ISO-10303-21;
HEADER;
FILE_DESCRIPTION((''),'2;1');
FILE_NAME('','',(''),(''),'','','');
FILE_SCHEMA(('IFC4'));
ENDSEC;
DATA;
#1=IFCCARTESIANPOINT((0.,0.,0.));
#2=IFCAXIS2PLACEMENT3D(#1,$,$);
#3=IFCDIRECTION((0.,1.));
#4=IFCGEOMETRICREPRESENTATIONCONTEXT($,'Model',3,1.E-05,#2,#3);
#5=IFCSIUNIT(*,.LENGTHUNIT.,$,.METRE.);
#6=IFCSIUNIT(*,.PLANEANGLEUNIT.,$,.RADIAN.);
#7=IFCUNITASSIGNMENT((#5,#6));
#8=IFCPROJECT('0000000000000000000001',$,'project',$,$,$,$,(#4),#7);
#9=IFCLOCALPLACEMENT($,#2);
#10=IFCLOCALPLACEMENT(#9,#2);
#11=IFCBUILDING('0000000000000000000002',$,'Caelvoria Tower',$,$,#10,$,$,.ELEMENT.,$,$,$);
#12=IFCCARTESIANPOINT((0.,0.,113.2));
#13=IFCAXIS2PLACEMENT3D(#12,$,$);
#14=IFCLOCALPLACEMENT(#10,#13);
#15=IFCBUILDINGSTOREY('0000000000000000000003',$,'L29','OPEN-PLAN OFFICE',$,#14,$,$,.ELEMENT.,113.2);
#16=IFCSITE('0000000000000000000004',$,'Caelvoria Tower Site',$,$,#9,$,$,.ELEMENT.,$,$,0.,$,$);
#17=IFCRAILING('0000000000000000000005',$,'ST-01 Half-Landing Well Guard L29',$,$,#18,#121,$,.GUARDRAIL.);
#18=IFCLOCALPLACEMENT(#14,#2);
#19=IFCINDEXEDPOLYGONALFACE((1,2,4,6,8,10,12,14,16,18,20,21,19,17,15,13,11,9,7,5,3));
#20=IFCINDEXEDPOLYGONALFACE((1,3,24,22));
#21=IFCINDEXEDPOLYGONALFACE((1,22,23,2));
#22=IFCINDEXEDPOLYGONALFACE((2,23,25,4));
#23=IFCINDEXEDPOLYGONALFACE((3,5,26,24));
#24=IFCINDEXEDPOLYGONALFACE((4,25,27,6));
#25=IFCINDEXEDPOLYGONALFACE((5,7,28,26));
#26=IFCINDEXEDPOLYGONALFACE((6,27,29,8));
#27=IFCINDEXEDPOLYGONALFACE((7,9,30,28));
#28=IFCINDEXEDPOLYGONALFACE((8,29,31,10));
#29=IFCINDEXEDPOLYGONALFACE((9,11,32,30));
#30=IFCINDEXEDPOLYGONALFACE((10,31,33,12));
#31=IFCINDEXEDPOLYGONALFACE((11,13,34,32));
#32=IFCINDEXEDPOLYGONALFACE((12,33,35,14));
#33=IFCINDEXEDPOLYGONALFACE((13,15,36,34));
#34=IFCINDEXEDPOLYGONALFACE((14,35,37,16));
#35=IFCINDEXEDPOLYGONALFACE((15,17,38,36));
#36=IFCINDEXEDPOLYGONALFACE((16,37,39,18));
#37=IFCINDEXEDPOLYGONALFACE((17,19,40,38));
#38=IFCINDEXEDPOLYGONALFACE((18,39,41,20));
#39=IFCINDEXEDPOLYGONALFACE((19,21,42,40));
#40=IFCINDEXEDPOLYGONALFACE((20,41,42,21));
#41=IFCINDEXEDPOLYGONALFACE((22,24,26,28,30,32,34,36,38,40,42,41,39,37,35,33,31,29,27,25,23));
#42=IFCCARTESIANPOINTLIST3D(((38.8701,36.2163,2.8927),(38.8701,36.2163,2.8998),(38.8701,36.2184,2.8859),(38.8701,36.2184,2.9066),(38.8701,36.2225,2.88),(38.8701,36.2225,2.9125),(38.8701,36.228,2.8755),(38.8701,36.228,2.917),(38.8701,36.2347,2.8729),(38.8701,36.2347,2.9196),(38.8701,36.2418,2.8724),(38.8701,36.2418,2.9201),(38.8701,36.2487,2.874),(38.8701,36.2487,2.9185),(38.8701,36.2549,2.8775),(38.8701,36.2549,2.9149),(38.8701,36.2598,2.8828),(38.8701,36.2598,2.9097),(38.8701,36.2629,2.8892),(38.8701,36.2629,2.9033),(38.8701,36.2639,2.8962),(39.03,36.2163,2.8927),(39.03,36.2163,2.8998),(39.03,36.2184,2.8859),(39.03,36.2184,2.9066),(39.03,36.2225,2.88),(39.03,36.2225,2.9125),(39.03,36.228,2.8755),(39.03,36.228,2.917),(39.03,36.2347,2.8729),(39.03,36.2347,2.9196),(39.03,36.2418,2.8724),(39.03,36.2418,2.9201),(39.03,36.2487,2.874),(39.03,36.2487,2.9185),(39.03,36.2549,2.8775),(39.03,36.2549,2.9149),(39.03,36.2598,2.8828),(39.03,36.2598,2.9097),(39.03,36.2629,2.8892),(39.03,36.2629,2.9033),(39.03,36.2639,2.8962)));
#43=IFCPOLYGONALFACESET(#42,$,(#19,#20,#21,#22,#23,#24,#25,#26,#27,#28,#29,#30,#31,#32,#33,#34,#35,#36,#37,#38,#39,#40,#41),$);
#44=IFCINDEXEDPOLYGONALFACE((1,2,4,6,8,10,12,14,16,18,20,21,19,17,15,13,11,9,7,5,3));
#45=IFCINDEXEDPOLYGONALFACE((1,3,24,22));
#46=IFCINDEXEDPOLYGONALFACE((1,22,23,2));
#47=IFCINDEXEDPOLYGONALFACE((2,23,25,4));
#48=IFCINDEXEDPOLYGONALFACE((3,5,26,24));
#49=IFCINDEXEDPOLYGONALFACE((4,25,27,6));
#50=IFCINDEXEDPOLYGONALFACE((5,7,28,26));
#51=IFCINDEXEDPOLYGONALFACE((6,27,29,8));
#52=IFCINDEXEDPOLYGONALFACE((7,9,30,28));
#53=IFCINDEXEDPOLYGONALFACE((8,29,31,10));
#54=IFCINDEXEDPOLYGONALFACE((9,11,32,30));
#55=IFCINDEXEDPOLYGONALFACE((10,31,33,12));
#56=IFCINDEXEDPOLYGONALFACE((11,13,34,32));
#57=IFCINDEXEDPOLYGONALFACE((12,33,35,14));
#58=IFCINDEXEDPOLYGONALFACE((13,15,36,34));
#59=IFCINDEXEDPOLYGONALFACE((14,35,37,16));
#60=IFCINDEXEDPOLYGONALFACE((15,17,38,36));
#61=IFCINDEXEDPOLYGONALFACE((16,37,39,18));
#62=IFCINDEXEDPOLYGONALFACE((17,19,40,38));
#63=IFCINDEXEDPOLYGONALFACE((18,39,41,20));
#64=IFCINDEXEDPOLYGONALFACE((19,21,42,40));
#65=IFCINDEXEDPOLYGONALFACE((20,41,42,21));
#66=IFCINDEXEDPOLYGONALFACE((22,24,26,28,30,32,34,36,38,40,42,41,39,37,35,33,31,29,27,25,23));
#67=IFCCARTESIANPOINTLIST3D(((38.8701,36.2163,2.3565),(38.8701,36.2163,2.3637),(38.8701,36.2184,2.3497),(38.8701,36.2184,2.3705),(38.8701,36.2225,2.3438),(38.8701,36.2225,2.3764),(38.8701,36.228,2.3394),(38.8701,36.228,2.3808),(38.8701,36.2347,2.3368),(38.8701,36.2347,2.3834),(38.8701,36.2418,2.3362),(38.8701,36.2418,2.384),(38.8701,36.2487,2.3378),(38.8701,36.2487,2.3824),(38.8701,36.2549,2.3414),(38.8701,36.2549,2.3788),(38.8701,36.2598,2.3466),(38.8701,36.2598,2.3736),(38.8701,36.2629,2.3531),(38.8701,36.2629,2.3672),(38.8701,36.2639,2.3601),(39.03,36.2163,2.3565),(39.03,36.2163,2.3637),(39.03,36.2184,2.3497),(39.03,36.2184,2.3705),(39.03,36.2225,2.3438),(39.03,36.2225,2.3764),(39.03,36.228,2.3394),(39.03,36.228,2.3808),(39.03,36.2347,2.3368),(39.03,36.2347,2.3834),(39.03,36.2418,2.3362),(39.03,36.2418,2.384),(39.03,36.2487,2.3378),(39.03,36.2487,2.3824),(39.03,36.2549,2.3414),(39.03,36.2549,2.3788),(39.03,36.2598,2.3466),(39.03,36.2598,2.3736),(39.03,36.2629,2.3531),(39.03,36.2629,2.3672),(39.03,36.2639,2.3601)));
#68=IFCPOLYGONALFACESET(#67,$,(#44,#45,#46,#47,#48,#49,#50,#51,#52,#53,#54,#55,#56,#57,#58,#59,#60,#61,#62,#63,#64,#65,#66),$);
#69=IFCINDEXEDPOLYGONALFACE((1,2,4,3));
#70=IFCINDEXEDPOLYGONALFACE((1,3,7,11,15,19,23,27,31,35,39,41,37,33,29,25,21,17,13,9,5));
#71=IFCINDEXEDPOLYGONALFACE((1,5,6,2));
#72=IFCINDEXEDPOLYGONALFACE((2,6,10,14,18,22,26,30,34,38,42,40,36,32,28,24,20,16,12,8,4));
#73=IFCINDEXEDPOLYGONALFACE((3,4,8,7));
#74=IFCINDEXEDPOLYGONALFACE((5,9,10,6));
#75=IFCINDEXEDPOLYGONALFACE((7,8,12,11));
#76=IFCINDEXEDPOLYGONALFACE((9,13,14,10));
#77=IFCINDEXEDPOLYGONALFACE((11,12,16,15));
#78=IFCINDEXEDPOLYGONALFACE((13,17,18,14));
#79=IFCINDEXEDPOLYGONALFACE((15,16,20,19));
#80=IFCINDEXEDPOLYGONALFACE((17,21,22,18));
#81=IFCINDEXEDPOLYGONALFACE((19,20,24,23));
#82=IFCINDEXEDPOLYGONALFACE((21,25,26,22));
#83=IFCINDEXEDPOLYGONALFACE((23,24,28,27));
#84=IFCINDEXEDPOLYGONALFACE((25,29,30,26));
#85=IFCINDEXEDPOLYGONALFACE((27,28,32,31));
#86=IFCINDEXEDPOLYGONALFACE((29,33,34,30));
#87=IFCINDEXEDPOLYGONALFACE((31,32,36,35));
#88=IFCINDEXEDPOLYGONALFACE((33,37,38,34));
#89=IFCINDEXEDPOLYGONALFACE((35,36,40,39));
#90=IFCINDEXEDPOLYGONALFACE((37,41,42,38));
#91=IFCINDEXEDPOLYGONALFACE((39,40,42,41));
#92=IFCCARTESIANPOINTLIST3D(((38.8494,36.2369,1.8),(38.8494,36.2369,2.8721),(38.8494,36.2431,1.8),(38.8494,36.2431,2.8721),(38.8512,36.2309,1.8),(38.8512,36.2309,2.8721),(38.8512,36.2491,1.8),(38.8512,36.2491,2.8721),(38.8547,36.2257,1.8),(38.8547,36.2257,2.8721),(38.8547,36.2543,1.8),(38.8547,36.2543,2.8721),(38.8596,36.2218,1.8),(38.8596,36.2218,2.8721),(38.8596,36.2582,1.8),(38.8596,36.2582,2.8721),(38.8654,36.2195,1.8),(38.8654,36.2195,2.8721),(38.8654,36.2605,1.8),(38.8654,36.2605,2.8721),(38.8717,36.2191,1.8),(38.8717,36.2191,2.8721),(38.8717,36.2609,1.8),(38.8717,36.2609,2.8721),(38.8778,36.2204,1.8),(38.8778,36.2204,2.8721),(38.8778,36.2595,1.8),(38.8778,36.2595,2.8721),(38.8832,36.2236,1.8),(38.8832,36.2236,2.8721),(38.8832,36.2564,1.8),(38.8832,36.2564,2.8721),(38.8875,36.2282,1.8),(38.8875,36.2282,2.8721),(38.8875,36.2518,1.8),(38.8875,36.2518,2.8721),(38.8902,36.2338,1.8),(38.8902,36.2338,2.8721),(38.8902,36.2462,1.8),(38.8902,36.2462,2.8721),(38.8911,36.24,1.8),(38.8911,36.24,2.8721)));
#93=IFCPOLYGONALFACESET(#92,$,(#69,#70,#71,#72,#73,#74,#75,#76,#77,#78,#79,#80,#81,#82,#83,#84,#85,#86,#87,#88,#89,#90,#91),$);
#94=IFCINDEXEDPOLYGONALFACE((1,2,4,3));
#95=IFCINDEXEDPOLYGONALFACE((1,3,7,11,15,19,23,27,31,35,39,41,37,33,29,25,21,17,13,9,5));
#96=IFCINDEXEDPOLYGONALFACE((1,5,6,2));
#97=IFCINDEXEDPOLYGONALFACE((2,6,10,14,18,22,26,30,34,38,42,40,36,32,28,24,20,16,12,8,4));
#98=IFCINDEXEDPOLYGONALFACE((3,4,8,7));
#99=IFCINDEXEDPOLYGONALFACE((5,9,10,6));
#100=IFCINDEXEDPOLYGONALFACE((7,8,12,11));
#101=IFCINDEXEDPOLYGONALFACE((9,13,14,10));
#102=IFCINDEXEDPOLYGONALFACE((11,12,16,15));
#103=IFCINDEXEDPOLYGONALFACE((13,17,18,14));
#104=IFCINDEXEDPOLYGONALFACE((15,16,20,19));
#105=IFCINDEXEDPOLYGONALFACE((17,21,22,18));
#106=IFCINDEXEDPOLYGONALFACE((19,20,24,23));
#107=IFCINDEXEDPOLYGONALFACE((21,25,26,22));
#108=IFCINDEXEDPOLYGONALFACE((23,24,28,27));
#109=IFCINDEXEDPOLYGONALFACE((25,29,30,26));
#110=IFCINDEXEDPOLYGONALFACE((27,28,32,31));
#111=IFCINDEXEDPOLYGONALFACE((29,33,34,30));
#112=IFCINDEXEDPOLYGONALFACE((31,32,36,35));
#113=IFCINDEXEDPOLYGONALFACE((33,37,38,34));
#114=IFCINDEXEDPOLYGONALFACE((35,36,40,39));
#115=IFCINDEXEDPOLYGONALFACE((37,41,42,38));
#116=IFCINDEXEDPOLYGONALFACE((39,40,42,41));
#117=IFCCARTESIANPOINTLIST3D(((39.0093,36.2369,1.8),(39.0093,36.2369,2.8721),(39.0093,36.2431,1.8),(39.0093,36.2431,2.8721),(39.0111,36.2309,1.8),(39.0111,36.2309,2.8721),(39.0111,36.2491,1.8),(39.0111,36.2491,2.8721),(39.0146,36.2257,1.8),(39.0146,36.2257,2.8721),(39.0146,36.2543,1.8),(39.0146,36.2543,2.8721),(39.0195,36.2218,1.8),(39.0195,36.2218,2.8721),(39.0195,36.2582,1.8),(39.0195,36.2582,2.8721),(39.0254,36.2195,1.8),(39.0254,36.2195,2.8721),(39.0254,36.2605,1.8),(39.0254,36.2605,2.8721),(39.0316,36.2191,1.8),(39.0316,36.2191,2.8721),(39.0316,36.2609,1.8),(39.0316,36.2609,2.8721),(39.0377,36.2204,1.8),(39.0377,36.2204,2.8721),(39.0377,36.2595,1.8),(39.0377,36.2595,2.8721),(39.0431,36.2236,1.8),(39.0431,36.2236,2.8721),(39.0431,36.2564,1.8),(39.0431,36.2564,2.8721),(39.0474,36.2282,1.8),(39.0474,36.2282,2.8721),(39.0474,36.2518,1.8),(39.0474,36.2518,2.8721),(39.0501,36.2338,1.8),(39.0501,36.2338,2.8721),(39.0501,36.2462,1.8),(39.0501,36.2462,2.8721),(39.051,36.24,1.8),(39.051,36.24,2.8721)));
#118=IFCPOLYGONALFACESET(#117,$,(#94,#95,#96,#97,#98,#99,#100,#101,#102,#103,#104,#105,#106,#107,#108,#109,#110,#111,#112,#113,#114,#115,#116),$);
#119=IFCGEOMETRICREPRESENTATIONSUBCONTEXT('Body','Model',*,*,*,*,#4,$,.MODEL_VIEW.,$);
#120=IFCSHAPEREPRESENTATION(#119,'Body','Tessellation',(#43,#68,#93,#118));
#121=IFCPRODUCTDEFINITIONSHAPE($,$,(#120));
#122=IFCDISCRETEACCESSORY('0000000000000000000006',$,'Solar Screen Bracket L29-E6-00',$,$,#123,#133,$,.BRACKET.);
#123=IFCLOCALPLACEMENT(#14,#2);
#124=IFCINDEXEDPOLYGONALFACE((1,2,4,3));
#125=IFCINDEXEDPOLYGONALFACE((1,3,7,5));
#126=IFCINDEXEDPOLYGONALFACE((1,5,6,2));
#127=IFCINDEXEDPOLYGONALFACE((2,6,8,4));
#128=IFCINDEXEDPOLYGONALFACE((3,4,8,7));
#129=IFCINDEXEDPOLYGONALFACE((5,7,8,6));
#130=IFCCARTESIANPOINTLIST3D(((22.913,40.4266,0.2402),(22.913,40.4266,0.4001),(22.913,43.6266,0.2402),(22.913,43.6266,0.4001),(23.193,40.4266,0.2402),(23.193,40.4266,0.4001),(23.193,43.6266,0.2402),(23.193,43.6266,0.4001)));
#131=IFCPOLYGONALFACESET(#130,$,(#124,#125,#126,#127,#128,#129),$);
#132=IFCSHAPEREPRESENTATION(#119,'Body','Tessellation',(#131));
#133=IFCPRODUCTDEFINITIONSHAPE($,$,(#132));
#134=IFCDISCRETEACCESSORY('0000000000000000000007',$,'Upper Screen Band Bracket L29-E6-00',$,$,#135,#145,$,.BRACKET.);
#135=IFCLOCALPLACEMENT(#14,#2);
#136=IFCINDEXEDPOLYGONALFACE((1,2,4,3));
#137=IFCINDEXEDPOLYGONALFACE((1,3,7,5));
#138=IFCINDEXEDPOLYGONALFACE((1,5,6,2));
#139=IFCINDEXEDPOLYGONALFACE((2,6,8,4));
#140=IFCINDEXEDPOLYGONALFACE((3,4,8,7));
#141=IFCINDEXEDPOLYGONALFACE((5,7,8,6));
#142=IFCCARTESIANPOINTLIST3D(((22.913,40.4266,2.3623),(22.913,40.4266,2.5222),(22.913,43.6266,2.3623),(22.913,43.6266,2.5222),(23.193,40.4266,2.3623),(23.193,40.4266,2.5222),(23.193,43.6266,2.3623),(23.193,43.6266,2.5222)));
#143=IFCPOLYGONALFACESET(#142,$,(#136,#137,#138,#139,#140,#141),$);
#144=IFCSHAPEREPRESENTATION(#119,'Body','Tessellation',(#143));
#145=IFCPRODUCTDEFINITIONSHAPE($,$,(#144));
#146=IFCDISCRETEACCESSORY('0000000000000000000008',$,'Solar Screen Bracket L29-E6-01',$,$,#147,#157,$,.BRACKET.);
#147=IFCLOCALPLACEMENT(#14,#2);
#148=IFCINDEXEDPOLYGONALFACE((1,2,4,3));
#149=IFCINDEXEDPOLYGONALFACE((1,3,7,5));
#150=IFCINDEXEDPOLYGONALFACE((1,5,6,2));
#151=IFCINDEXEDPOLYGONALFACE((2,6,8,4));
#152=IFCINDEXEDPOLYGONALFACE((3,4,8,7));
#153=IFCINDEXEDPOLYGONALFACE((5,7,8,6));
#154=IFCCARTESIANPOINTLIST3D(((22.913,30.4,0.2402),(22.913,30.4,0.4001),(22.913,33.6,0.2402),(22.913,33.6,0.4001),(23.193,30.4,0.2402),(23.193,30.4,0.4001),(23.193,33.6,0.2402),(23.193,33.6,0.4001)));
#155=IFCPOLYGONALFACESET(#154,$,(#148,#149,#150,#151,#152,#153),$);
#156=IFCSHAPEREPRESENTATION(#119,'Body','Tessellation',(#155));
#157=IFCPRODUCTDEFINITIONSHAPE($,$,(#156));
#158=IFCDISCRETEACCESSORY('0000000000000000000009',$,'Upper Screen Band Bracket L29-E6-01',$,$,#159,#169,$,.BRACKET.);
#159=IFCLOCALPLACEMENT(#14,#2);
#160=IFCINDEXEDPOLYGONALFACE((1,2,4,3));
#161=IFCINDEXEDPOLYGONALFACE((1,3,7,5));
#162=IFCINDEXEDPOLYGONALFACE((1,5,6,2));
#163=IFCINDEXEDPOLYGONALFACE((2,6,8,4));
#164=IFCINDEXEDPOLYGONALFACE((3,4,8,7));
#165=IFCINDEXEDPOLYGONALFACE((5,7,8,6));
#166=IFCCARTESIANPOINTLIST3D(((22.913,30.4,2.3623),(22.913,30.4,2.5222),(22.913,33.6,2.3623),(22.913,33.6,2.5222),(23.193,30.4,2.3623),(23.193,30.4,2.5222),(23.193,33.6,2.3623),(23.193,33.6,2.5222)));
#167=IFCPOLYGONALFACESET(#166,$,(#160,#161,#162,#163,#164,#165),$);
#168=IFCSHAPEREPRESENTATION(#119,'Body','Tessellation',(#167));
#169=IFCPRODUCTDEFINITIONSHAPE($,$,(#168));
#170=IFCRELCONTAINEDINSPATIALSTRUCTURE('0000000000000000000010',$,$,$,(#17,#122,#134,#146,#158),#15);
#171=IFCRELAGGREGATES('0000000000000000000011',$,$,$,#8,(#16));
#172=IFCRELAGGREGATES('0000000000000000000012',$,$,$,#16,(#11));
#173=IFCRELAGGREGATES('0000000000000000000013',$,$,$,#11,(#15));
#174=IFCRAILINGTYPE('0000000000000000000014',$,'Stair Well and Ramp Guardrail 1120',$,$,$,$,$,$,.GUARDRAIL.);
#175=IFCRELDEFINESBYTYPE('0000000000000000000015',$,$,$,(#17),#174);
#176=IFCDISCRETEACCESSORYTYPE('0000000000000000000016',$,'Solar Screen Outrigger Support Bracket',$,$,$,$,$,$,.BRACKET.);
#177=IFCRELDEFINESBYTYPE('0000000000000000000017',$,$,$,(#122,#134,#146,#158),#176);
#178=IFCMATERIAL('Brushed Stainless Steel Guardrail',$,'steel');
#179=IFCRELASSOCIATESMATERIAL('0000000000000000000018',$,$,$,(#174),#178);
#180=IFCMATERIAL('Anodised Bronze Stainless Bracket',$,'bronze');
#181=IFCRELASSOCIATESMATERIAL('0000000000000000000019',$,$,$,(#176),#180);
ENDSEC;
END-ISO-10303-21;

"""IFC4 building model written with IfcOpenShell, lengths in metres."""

from ifc_helpers import new_model, si_unit, direction, frame, origin, origin_2d, place, context, subcontext, project, spatial, rectangle, circle, extrude, material, type_object, element, save


model = new_model("IFC4")

# Units and contexts
model_context = context("Model", 3, precision=1e-05, world=origin(), true_north=direction((0.0, 1.0)))
body_context = subcontext(model_context, "Body", "Model", "MODEL_VIEW")
ifc_project = project(units=[si_unit("LENGTHUNIT", "METRE"), si_unit("PLANEANGLEUNIT", "RADIAN")], contexts=[model_context])

# Site, building, storey
site_placement = place(None, origin())
site = spatial("IfcSite", under=ifc_project, at=site_placement, Name="Caelvoria Tower Site", CompositionType="ELEMENT", RefElevation=0.0)
building_placement = place(site_placement, origin())
building = spatial("IfcBuilding", under=site, at=building_placement, Name="Caelvoria Tower", CompositionType="ELEMENT")
storey_placement = place(building_placement, frame((0.0, 0.0, 113.2)))
storey = spatial("IfcBuildingStorey", under=building, at=storey_placement, Name="L29", Description="OPEN-PLAN OFFICE", CompositionType="ELEMENT", Elevation=113.2)

# Railing
ifc_material_1 = material(Name="Brushed Stainless Steel Guardrail", Category="steel")
railing_type_1 = type_object("IfcRailingType", Name="Stair Well and Ramp Guardrail 1120", PredefinedType="GUARDRAIL", material=ifc_material_1)
railing_1_placement = place(storey_placement, frame((38.8701, 36.24, 1.8)))
element("IfcRailing", 1, at=railing_1_placement, inside=storey, type_object=railing_type_1, Name="ST-01 Half-Landing Well Guard L29", PredefinedType="GUARDRAIL", context=body_context, shape_type="SweptSolid", body=[
    extrude(circle(Radius=0.0239, at=origin_2d()), frame((0.0, 0.0, 1.0962), z_axis=(1.0, 0.0, 0.0), x_axis=(0.0, 1.0, 0.0)), (0.0, 0.0, 1.0), 0.1599),
    extrude(circle(Radius=0.0239, at=origin_2d()), frame((0.0, 0.0, 0.5601), z_axis=(1.0, 0.0, 0.0), x_axis=(0.0, 1.0, 0.0)), (0.0, 0.0, 1.0), 0.1599),
    extrude(circle(Radius=0.021, at=origin_2d()), origin(), (0.0, 0.0, 1.0), 1.072),
    extrude(circle(Radius=0.021, at=origin_2d()), frame((0.1599, 0.0, 0.0)), (0.0, 0.0, 1.0), 1.072),
])

# Discrete accessories
ifc_material_2 = material(Name="Anodised Bronze Stainless Bracket", Category="bronze")
discrete_accessory_type = type_object("IfcDiscreteAccessoryType", Name="Solar Screen Outrigger Support Bracket", PredefinedType="BRACKET", material=ifc_material_2)
for number, where, z_axis, x_axis, name in (
    (2, (23.053, 42.0266, 0.2402), (0.0, 0.0, 1.0), (0.0, -1.0, 0.0), "Solar Screen Bracket L29-E6-00"),
    (3, (23.053, 42.0266, 2.3623), (0.0, 0.0, 1.0), (0.0, -1.0, 0.0), "Upper Screen Band Bracket L29-E6-00"),
    (4, (23.053, 32.0, 0.2402), (0.0, 0.0, 1.0), (0.0, -1.0, 0.0), "Solar Screen Bracket L29-E6-01"),
    (5, (23.053, 32.0, 2.3623), (0.0, 0.0, 1.0), (0.0, -1.0, 0.0), "Upper Screen Band Bracket L29-E6-01"),
):
    element("IfcDiscreteAccessory", number, at=place(storey_placement, frame(where, z_axis=z_axis, x_axis=x_axis)), inside=storey, type_object=discrete_accessory_type, Name=name, PredefinedType="BRACKET", context=body_context, shape_type="SweptSolid", body=[
        extrude(rectangle(XDim=3.2, YDim=0.28, at=origin_2d()), origin(), (0.0, 0.0, 1.0), 0.1599),
    ])

save(model, "model.ifc")
